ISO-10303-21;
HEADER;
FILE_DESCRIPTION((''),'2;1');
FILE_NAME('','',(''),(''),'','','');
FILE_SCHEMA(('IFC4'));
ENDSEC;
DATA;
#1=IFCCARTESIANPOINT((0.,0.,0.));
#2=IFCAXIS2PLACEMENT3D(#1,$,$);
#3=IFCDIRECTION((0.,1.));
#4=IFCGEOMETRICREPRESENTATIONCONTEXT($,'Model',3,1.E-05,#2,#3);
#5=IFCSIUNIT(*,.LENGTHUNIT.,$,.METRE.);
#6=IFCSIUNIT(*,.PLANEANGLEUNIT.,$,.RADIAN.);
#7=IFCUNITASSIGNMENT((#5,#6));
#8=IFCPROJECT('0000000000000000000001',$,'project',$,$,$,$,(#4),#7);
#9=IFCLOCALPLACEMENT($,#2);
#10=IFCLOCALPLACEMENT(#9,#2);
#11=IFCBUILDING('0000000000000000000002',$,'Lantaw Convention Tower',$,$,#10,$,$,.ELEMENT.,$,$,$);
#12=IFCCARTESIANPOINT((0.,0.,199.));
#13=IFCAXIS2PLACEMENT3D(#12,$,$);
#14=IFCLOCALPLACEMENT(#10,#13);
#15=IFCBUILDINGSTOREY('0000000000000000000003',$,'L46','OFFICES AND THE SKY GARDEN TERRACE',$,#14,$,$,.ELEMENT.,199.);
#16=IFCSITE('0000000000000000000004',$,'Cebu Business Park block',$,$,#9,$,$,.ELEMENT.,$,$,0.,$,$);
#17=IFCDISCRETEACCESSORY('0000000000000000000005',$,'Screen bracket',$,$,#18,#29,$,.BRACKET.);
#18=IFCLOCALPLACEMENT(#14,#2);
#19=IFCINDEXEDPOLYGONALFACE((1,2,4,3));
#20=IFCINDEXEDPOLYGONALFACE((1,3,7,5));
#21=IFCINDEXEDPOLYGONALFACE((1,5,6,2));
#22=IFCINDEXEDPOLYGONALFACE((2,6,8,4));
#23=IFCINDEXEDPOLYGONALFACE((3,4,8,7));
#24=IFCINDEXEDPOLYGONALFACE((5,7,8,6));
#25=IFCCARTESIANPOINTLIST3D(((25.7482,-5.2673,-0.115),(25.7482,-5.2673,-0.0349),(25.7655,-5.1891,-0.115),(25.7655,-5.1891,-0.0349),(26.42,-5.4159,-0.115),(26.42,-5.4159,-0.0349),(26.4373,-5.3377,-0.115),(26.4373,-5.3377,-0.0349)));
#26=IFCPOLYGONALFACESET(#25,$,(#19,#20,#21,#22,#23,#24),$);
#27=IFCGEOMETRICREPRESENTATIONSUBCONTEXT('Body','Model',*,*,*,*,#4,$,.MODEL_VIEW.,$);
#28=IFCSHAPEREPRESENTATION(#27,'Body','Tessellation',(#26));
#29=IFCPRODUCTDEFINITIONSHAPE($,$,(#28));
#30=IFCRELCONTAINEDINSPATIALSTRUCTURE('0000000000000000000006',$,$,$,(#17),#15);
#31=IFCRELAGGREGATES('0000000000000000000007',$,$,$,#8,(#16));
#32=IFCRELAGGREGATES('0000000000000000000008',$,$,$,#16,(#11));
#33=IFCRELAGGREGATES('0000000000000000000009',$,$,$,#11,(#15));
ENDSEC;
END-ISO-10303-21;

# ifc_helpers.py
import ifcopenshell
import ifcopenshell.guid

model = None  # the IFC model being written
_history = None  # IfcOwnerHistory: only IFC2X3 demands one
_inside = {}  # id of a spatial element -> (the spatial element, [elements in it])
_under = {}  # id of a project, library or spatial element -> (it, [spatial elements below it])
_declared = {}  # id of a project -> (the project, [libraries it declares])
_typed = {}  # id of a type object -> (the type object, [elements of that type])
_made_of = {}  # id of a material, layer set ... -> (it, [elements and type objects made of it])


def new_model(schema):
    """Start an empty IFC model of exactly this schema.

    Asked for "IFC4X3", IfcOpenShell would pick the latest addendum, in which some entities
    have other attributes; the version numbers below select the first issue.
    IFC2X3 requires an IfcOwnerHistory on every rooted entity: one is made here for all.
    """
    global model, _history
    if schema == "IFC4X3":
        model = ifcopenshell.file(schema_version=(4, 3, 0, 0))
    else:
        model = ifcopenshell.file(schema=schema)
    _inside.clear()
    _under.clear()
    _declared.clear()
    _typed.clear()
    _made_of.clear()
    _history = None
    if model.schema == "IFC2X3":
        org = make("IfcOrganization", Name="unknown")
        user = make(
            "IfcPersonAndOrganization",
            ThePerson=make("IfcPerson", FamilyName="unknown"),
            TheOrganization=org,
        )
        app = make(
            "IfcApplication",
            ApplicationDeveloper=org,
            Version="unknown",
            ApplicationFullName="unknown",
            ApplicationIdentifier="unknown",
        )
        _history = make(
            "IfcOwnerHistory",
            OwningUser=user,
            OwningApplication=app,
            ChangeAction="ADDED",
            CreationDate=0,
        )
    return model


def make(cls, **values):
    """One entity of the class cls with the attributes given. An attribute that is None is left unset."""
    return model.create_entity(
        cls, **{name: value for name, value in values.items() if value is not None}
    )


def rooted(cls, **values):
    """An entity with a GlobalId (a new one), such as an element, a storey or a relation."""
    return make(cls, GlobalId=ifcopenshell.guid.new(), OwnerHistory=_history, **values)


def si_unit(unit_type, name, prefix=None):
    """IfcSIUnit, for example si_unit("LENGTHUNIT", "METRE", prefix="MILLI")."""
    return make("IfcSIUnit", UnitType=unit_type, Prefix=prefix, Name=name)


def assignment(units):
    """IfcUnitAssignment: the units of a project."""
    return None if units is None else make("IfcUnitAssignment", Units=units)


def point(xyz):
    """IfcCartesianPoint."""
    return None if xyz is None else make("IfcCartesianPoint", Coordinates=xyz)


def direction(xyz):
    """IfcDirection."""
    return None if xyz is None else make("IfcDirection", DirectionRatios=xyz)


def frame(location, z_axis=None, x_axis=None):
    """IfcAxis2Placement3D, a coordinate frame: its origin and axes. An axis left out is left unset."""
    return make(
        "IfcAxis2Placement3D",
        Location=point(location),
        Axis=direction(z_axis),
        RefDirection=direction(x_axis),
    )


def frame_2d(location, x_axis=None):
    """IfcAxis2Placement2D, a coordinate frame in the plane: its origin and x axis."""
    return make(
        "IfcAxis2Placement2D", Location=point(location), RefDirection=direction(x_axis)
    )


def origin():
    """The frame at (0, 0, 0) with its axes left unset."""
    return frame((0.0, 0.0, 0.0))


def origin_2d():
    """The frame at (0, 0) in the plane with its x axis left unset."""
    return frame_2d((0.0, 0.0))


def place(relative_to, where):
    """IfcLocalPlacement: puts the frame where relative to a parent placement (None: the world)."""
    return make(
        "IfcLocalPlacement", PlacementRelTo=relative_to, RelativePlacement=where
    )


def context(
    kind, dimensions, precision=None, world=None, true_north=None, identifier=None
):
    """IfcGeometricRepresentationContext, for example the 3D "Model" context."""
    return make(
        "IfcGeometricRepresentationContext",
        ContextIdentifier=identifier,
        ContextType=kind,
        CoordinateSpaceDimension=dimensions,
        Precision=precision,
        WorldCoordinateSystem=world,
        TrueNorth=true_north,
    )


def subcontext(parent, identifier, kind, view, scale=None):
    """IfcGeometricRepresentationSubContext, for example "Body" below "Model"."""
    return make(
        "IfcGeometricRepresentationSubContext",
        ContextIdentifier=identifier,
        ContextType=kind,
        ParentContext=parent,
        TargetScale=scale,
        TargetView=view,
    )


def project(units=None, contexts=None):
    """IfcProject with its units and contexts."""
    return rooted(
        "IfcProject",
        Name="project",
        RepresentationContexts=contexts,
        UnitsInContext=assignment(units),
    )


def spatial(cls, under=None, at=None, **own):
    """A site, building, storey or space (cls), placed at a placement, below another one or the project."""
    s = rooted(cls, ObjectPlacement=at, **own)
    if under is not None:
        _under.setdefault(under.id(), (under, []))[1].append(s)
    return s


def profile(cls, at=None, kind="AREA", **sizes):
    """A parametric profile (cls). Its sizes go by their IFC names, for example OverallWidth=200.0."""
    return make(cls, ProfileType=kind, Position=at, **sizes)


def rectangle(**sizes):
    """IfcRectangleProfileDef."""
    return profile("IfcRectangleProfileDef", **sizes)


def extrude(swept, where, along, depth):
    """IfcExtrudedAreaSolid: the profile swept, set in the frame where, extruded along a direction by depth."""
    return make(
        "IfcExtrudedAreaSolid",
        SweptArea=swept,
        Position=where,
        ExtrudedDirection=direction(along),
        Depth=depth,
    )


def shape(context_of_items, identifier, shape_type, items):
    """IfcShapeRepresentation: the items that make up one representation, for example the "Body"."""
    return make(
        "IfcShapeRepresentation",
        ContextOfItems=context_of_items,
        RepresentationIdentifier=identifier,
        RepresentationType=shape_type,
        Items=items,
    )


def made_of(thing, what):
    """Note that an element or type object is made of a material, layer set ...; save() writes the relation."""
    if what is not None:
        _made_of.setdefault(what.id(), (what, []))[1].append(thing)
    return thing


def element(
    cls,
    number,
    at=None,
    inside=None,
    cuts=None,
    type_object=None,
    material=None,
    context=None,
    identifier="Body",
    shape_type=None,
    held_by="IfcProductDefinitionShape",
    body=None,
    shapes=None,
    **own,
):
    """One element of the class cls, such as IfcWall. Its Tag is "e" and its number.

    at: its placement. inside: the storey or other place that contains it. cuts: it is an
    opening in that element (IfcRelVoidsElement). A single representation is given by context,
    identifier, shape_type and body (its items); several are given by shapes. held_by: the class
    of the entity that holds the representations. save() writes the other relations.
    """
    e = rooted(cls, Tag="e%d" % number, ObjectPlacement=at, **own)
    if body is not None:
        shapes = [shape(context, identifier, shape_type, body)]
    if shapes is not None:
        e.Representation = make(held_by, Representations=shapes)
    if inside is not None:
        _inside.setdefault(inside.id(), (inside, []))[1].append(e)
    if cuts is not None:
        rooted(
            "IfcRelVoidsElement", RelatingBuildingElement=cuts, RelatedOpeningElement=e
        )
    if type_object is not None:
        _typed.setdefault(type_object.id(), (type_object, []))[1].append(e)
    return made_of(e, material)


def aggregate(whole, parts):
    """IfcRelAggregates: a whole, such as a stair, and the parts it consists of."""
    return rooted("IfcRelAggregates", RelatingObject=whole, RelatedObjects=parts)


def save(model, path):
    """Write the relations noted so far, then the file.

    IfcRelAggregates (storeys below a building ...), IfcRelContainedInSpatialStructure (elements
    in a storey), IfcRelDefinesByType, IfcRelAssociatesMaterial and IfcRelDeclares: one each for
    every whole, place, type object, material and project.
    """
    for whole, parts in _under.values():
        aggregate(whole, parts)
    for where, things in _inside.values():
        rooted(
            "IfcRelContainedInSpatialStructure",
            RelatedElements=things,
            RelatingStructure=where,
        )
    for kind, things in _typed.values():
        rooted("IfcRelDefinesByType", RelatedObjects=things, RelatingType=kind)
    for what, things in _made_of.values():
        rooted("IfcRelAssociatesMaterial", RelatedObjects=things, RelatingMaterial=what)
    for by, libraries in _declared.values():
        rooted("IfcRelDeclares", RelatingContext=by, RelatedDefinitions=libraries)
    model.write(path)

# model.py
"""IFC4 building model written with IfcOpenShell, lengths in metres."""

from ifc_helpers import new_model, si_unit, direction, frame, origin, origin_2d, place, context, subcontext, project, spatial, rectangle, extrude, element, save


model = new_model("IFC4")

# Units and contexts
model_context = context("Model", 3, precision=1e-05, world=origin(), true_north=direction((0.0, 1.0)))
body_context = subcontext(model_context, "Body", "Model", "MODEL_VIEW")
ifc_project = project(units=[si_unit("LENGTHUNIT", "METRE"), si_unit("PLANEANGLEUNIT", "RADIAN")], contexts=[model_context])

# Site, building, storey
site_placement = place(None, origin())
site = spatial("IfcSite", under=ifc_project, at=site_placement, Name="Cebu Business Park block", CompositionType="ELEMENT", RefElevation=0.0)
building_placement = place(site_placement, origin())
building = spatial("IfcBuilding", under=site, at=building_placement, Name="Lantaw Convention Tower", CompositionType="ELEMENT")
storey_placement = place(building_placement, frame((0.0, 0.0, 199.0)))
storey = spatial("IfcBuildingStorey", under=building, at=storey_placement, Name="L46", Description="OFFICES AND THE SKY GARDEN TERRACE", CompositionType="ELEMENT", Elevation=199.0)

# Discrete accessory
discrete_accessory_placement = place(storey_placement, frame((26.0928, -5.3025, -0.115), z_axis=(0.0, 0.0, 1.0), x_axis=(0.215891, 0.976417, 0.0)))
element("IfcDiscreteAccessory", 1, at=discrete_accessory_placement, inside=storey, Name="Screen bracket", PredefinedType="BRACKET", context=body_context, shape_type="SweptSolid", body=[
    extrude(rectangle(XDim=0.0801, YDim=0.688, at=origin_2d()), origin(), (0.0, 0.0, 1.0), 0.0801),
])

save(model, "model.ifc")
